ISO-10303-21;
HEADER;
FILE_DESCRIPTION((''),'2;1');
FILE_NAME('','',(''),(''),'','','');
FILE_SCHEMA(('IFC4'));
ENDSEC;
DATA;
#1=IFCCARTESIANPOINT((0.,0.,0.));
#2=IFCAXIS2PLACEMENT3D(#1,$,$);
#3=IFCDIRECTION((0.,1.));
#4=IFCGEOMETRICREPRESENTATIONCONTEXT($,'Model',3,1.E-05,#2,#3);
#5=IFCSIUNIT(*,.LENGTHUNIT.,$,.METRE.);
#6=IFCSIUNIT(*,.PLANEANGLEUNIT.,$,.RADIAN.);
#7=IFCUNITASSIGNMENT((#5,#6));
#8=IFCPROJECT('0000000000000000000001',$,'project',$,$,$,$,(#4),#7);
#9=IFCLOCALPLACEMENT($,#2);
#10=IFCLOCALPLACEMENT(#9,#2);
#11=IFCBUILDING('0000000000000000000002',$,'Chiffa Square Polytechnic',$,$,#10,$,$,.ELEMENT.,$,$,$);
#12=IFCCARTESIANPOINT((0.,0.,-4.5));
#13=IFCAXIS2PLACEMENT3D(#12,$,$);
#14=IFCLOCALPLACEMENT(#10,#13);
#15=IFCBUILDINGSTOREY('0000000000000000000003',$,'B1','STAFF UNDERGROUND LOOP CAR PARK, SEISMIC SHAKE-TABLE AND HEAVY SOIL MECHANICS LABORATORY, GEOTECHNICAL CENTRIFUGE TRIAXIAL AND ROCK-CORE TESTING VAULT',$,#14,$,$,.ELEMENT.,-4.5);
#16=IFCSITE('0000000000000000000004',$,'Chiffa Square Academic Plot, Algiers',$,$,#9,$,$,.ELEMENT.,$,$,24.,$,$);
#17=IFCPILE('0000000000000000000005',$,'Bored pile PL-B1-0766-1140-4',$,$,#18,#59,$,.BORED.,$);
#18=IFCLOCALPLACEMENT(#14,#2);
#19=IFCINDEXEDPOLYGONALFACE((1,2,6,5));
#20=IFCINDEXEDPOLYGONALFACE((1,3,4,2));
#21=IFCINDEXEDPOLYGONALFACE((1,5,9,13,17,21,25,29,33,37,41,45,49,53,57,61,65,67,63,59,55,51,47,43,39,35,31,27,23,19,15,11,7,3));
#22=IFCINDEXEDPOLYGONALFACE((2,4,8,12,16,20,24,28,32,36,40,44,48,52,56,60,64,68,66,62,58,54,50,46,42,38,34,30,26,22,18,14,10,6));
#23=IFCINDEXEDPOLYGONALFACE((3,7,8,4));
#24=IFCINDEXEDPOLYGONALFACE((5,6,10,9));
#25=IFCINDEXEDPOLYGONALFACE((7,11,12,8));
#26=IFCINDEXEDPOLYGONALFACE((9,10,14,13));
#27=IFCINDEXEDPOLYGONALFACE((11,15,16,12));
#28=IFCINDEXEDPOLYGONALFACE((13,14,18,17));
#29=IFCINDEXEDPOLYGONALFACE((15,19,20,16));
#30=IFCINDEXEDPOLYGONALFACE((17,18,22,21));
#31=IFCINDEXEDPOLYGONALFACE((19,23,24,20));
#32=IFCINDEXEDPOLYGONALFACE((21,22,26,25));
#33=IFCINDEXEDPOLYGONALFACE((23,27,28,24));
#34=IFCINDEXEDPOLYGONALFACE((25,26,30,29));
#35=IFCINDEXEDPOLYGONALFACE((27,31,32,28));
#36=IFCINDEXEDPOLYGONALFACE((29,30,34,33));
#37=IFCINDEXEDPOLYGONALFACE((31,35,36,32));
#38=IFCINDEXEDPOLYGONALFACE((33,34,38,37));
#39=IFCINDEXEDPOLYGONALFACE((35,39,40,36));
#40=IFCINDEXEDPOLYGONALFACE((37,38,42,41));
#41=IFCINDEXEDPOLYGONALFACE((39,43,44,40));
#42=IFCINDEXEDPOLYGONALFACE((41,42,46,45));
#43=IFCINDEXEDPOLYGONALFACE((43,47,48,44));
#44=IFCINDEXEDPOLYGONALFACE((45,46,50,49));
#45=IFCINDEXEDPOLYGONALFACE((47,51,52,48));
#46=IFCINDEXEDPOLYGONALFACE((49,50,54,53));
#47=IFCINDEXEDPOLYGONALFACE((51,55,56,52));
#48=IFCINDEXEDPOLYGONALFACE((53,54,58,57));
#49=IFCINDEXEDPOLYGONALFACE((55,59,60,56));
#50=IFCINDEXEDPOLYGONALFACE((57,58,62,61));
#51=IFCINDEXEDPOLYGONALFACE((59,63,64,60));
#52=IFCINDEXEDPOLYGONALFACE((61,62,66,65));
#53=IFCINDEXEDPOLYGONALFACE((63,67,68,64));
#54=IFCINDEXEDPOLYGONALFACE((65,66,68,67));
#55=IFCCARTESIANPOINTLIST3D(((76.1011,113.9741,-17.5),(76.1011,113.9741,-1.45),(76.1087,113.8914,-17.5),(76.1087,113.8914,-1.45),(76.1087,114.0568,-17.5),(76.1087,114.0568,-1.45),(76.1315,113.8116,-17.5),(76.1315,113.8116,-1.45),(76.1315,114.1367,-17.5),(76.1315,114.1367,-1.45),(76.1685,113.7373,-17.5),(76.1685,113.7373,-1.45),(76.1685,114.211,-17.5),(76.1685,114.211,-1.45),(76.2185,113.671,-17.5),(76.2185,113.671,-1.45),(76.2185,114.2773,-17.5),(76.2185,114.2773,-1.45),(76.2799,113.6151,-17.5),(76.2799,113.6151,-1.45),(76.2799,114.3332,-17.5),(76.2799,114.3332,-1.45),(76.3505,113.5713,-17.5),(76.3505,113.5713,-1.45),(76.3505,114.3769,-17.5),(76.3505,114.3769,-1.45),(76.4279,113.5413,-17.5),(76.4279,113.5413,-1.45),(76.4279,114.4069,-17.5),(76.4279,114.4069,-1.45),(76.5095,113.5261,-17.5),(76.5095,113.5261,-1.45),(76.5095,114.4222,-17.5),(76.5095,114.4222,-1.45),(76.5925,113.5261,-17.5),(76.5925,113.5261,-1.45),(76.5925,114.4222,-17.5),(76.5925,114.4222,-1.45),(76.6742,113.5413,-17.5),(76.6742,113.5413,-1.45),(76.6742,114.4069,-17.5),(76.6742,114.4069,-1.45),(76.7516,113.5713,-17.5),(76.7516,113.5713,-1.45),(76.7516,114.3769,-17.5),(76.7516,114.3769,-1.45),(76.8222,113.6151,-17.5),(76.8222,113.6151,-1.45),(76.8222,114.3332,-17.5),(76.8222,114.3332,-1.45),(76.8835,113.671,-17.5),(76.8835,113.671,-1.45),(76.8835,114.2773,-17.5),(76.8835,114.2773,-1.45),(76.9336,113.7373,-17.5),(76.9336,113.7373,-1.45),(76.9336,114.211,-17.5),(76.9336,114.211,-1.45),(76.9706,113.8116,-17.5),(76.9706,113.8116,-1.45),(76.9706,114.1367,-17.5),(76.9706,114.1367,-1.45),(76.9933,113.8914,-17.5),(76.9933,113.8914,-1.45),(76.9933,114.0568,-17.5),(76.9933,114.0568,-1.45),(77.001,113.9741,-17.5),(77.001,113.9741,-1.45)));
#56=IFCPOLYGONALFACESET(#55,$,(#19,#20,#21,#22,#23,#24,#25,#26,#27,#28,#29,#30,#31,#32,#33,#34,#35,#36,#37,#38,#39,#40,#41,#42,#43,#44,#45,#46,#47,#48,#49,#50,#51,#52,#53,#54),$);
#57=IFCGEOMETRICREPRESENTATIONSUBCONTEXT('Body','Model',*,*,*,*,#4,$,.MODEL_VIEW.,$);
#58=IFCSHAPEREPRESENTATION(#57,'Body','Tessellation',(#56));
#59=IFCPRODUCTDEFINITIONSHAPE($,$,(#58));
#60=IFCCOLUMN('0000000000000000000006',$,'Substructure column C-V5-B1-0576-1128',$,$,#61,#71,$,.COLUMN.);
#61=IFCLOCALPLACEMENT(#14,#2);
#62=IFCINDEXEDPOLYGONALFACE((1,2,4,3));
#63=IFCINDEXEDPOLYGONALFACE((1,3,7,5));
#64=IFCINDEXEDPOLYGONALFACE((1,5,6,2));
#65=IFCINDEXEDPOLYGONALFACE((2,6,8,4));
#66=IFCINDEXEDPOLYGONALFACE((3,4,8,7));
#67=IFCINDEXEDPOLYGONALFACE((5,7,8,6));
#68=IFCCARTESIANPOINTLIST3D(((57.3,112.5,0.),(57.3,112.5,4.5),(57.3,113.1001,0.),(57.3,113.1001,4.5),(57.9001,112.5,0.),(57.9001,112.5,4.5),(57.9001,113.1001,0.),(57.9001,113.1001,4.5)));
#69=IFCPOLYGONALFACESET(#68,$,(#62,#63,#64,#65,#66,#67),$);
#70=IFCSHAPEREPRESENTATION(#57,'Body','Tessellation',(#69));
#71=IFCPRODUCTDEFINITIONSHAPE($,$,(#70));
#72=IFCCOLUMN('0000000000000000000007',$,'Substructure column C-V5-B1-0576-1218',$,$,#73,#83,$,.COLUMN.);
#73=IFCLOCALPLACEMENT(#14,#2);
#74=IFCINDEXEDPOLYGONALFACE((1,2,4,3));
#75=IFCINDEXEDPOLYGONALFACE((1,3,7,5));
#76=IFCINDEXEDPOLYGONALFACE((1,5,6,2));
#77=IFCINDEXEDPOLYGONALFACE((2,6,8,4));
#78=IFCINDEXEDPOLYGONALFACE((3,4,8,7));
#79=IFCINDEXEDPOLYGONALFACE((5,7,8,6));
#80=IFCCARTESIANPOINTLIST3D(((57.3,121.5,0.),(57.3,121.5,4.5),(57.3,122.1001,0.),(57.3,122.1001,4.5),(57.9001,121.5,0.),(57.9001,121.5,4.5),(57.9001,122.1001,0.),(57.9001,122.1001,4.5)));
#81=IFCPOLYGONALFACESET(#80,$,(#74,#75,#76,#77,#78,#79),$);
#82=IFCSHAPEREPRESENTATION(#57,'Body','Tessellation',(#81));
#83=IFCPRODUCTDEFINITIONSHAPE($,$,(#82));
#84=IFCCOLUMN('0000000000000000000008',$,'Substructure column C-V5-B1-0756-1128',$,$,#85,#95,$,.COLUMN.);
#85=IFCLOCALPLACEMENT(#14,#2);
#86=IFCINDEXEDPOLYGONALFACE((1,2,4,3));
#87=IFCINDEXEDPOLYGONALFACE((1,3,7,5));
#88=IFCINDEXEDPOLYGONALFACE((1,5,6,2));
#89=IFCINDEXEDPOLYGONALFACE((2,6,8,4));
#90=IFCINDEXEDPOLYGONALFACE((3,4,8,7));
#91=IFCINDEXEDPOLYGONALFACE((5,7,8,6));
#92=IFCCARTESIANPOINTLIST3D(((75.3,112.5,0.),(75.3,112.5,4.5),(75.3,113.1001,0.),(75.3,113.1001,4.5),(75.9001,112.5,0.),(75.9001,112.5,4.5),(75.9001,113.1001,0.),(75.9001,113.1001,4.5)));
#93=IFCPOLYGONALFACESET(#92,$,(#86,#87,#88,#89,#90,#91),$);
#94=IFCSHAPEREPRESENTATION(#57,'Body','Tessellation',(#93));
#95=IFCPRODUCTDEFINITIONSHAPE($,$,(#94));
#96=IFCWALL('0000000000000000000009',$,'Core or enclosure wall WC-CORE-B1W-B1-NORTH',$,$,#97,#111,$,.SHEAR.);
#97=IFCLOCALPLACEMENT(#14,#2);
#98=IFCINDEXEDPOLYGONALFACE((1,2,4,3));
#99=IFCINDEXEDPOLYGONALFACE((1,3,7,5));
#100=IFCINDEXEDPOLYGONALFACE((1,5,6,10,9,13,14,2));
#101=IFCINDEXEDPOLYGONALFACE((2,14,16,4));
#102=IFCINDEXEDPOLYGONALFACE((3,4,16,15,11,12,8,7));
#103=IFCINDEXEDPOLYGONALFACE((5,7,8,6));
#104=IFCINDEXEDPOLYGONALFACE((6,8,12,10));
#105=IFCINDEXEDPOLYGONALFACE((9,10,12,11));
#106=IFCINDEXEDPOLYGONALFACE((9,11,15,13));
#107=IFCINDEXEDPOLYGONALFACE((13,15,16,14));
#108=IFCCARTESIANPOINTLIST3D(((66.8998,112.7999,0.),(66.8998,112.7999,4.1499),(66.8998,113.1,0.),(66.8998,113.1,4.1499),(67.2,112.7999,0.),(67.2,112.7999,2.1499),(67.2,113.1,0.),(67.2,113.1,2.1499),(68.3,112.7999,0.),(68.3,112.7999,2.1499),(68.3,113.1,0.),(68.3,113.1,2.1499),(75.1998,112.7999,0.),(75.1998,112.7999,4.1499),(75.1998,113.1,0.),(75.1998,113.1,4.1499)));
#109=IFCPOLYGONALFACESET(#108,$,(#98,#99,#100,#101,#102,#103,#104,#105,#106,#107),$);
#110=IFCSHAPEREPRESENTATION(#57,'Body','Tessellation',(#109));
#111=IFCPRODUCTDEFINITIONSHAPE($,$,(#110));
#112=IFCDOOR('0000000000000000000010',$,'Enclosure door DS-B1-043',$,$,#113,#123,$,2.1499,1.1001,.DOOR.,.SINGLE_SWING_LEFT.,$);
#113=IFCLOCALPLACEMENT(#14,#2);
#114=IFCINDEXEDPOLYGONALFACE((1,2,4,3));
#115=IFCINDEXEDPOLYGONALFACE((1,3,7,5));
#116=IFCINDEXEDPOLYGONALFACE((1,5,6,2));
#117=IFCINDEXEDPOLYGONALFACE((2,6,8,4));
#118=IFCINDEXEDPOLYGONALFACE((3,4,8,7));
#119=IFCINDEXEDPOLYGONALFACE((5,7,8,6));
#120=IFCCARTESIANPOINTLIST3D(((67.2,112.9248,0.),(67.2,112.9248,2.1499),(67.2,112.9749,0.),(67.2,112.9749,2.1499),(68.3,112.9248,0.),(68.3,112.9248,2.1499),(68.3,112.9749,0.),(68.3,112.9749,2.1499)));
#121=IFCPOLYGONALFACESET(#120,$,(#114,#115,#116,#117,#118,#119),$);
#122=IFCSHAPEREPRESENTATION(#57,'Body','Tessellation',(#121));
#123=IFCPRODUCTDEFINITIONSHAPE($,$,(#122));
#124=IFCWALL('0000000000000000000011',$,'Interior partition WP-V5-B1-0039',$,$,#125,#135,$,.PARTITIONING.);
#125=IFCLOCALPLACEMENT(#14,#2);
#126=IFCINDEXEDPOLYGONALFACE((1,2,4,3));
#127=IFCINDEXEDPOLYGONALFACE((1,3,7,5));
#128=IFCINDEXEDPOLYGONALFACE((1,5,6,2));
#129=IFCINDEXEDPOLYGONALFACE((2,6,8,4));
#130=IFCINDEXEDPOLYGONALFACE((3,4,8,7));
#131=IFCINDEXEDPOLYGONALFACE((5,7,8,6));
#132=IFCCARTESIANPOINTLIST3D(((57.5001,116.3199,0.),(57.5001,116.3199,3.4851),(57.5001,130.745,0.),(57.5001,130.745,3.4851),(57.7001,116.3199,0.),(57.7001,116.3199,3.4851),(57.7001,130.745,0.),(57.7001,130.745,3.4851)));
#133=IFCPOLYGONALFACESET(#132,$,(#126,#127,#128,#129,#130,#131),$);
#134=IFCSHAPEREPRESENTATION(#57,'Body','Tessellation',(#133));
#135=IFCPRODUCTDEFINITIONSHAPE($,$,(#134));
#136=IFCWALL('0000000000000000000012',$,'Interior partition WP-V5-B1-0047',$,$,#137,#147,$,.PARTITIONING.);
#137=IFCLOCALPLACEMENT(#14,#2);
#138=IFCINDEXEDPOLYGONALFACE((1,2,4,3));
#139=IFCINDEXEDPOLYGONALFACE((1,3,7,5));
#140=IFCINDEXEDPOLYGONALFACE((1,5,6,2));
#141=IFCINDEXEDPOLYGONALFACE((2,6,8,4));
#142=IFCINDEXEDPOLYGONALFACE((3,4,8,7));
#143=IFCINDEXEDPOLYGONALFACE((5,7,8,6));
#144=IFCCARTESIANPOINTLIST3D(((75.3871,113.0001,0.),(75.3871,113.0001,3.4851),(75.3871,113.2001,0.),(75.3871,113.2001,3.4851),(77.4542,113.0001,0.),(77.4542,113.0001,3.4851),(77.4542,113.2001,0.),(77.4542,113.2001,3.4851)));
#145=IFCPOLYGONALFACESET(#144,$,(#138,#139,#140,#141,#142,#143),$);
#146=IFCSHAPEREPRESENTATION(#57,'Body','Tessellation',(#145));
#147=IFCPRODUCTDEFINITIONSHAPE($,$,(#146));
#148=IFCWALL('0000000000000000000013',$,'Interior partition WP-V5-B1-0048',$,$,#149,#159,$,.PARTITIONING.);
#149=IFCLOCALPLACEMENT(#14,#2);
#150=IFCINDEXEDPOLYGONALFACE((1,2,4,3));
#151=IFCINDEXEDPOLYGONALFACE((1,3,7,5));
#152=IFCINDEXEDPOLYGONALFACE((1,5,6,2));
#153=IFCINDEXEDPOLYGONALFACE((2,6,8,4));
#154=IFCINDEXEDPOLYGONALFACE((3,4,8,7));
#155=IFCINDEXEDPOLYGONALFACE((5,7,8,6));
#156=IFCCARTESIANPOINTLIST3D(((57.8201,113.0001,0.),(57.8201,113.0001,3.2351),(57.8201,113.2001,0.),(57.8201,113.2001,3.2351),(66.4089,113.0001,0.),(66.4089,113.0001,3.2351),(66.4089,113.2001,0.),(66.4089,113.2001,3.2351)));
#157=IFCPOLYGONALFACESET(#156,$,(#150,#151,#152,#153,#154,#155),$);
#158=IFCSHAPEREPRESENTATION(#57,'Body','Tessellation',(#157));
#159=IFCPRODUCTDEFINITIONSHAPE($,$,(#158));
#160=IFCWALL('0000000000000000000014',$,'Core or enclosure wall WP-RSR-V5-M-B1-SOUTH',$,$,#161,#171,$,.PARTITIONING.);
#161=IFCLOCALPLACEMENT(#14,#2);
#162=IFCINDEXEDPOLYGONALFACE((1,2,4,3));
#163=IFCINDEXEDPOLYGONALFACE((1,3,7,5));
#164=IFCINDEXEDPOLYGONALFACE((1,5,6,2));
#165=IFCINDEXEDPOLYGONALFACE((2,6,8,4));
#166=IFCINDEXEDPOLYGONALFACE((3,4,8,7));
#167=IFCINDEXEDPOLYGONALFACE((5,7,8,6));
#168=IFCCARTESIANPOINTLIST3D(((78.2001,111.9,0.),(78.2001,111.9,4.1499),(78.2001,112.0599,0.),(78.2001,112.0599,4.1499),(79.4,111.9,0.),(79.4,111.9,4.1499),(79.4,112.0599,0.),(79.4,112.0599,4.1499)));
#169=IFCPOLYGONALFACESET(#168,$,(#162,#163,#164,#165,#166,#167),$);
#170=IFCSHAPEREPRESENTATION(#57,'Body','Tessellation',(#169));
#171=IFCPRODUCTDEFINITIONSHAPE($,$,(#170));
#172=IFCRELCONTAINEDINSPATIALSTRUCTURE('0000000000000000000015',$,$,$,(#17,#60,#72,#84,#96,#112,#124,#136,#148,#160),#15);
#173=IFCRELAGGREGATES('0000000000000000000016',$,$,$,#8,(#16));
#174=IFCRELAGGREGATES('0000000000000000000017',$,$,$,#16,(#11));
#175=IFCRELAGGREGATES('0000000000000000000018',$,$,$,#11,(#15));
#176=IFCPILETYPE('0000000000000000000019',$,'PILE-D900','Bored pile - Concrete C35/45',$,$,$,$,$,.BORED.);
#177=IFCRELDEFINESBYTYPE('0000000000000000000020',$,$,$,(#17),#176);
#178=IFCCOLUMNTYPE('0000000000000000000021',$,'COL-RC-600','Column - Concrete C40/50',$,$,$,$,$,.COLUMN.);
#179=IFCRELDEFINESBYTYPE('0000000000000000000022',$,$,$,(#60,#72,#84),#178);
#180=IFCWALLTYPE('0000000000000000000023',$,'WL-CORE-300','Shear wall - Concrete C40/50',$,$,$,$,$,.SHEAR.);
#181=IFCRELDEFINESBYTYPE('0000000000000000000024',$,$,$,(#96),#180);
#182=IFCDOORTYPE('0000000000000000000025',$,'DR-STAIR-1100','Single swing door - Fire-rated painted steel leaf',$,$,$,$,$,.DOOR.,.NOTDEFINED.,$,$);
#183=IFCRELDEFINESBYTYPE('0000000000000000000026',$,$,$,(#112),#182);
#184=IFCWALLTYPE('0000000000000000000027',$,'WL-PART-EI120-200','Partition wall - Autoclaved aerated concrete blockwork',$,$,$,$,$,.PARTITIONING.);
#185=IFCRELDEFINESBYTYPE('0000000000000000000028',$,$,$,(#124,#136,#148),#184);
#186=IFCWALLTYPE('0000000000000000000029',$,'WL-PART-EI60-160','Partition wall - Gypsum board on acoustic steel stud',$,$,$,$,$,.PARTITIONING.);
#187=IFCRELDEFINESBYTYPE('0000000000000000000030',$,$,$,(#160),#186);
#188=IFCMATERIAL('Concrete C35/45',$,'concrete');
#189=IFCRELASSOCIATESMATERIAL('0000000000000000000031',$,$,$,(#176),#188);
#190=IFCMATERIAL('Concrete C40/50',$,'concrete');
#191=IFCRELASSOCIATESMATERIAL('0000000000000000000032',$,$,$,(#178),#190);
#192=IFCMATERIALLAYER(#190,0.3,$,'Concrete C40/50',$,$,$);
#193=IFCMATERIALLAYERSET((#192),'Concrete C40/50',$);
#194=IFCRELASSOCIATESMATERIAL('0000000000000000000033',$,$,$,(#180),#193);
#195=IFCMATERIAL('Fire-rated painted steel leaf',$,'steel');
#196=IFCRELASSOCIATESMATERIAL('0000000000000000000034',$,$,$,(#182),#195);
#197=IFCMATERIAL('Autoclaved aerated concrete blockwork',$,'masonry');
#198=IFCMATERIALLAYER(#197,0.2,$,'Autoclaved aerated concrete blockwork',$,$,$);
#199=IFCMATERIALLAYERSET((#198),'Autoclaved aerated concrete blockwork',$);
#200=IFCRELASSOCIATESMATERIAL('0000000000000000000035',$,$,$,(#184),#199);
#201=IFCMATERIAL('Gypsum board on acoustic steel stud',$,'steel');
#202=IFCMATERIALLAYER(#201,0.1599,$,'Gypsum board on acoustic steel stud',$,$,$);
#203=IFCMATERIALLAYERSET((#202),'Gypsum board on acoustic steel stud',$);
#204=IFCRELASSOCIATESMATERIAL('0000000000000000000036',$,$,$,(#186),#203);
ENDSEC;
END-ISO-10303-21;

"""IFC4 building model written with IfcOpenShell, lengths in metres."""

from ifc_helpers import new_model, si_unit, direction, frame, frame_2d, origin, origin_2d, place, context, subcontext, project, spatial, rectangle, circle, extrude, material, layer, layer_set, material_profile, profile_set, type_object, element, fill, save


model = new_model("IFC4")

# Units and contexts
model_context = context("Model", 3, precision=1e-05, world=origin(), true_north=direction((0.0, 1.0)))
body_context = subcontext(model_context, "Body", "Model", "MODEL_VIEW")
ifc_project = project(units=[si_unit("LENGTHUNIT", "METRE"), si_unit("PLANEANGLEUNIT", "RADIAN")], contexts=[model_context])

# Site, building, storey
site_placement = place(None, origin())
site = spatial("IfcSite", under=ifc_project, at=site_placement, Name="Chiffa Square Academic Plot, Algiers", CompositionType="ELEMENT", RefElevation=24.0)
building_placement = place(site_placement, origin())
building = spatial("IfcBuilding", under=site, at=building_placement, Name="Chiffa Square Polytechnic", CompositionType="ELEMENT")
storey_placement = place(building_placement, frame((0.0, 0.0, -4.5)))
storey = spatial("IfcBuildingStorey", under=building, at=storey_placement, Name="B1", Description="STAFF UNDERGROUND LOOP CAR PARK, SEISMIC SHAKE-TABLE AND HEAVY SOIL MECHANICS LABORATORY, GEOTECHNICAL CENTRIFUGE TRIAXIAL AND ROCK-CORE TESTING VAULT", CompositionType="ELEMENT", Elevation=-4.5)

# Shared definitions
ifc_material_1 = material(Name="Concrete C35/45", Category="concrete")

# Pile
ifc_material_profile_1 = material_profile(ifc_material_1, circle(Radius=0.45, at=origin_2d()), Name="PILE D900")
ifc_profile_set_1 = profile_set([ifc_material_profile_1], Name="Concrete C35/45")
pile_type = type_object("IfcPileType", Name="PILE-D900", Description="Bored pile - Concrete C35/45", PredefinedType="BORED", material=ifc_profile_set_1)
for number, where, z_axis, x_axis, name in (
    (1, (76.551, 113.9741, -1.45), (0.0, 0.0, -1.0), (1.0, 0.0, 0.0), "Bored pile PL-B1-0766-1140-4"),
):
    element("IfcPile", number, at=place(storey_placement, frame(where, z_axis=z_axis, x_axis=x_axis)), inside=storey, type_object=pile_type, Name=name, PredefinedType="BORED", context=body_context, shape_type="SweptSolid", body=[
        extrude(circle(Radius=0.45, at=origin_2d()), origin(), (0.0, 0.0, 1.0), 16.05),
    ])

# Columns
ifc_material_2 = material(Name="Concrete C40/50", Category="concrete")
ifc_material_profile_2 = material_profile(ifc_material_2, rectangle(XDim=0.6001, YDim=0.6001, at=origin_2d()), Name="RC 600x600")
ifc_profile_set_2 = profile_set([ifc_material_profile_2], Name="Concrete C40/50")
column_type = type_object("IfcColumnType", Name="COL-RC-600", Description="Column - Concrete C40/50", PredefinedType="COLUMN", material=ifc_profile_set_2)
for number, where, z_axis, x_axis, name in (
    (2, (57.6001, 112.8, 0.0), (0.0, 0.0, 1.0), (1.0, 0.0, 0.0), "Substructure column C-V5-B1-0576-1128"),
    (3, (57.6001, 121.8, 0.0), (0.0, 0.0, 1.0), (1.0, 0.0, 0.0), "Substructure column C-V5-B1-0576-1218"),
    (4, (75.6001, 112.8, 0.0), (0.0, 0.0, 1.0), (1.0, 0.0, 0.0), "Substructure column C-V5-B1-0756-1128"),
):
    element("IfcColumn", number, at=place(storey_placement, frame(where, z_axis=z_axis, x_axis=x_axis)), inside=storey, type_object=column_type, Name=name, PredefinedType="COLUMN", context=body_context, shape_type="SweptSolid", body=[
        extrude(rectangle(XDim=0.6001, YDim=0.6001, at=origin_2d()), origin(), (0.0, 0.0, 1.0), 4.5),
    ])

# Wall, opening, door
ifc_layer_1 = layer(ifc_material_2, 0.3, Name="Concrete C40/50")
ifc_layer_set_1 = layer_set([ifc_layer_1], Name="Concrete C40/50")
wall_type_1 = type_object("IfcWallType", Name="WL-CORE-300", Description="Shear wall - Concrete C40/50", PredefinedType="SHEAR", material=ifc_layer_set_1)
wall_1_placement = place(storey_placement, frame((66.8999, 112.95, 0.0), z_axis=(0.0, 0.0, 1.0), x_axis=(1.0, 0.0, 0.0)))
wall_1 = element("IfcWall", 5, at=wall_1_placement, inside=storey, type_object=wall_type_1, Name="Core or enclosure wall WC-CORE-B1W-B1-NORTH", PredefinedType="SHEAR", context=body_context, shape_type="SweptSolid", body=[
    extrude(rectangle(XDim=8.3, YDim=0.3, at=frame_2d((4.1499, 0.0))), origin(), (0.0, 0.0, 1.0), 4.1499),
])
opening_1_placement = place(wall_1_placement, frame((0.3, 0.0, 0.0)))
opening_1 = element("IfcOpeningElement", 6, at=opening_1_placement, cuts=wall_1, PredefinedType="OPENING", context=body_context, shape_type="SweptSolid", body=[
    extrude(rectangle(XDim=1.1001, YDim=2.1499, at=frame_2d((0.55, 1.075))), frame((0.0, 0.1602, 0.0), z_axis=(0.0, -1.0, 0.0), x_axis=(1.0, 0.0, 0.0)), (0.0, 0.0, 1.0), 0.3201),
])
ifc_material_3 = material(Name="Fire-rated painted steel leaf", Category="steel")
door_type_1 = type_object("IfcDoorType", Name="DR-STAIR-1100", Description="Single swing door - Fire-rated painted steel leaf", OperationType="NOTDEFINED", PredefinedType="DOOR", material=ifc_material_3)
door_1_placement = place(opening_1_placement, origin())
door_1 = element("IfcDoor", 7, at=door_1_placement, inside=storey, type_object=door_type_1, Name="Enclosure door DS-B1-043", OperationType="SINGLE_SWING_LEFT", OverallHeight=2.1499, OverallWidth=1.1001, PredefinedType="DOOR", context=body_context, shape_type="SweptSolid", body=[
    extrude(rectangle(XDim=1.1001, YDim=2.1499, at=frame_2d((0.55, 1.075))), frame((0.0, 0.0249, 0.0), z_axis=(0.0, -1.0, 0.0), x_axis=(1.0, 0.0, 0.0)), (0.0, 0.0, 1.0), 0.05),
])
fill(opening_1, door_1)

# Walls
ifc_material_4 = material(Name="Autoclaved aerated concrete blockwork", Category="masonry")
ifc_layer_2 = layer(ifc_material_4, 0.2, Name="Autoclaved aerated concrete blockwork")
ifc_layer_set_2 = layer_set([ifc_layer_2], Name="Autoclaved aerated concrete blockwork")
wall_type_2 = type_object("IfcWallType", Name="WL-PART-EI120-200", Description="Partition wall - Autoclaved aerated concrete blockwork", PredefinedType="PARTITIONING", material=ifc_layer_set_2)
wall_2_placement = place(storey_placement, frame((57.6001, 116.3201, 0.0), z_axis=(0.0, 0.0, 1.0), x_axis=(0.0, 1.0, 0.0)))
element("IfcWall", 8, at=wall_2_placement, inside=storey, type_object=wall_type_2, Name="Interior partition WP-V5-B1-0039", PredefinedType="PARTITIONING", context=body_context, shape_type="SweptSolid", body=[
    extrude(rectangle(XDim=14.425, YDim=0.2, at=frame_2d((7.2124, 0.0))), origin(), (0.0, 0.0, 1.0), 3.4851),
])
wall_3_placement = place(storey_placement, frame((75.387, 113.1001, 0.0), z_axis=(0.0, 0.0, 1.0), x_axis=(1.0, 0.0, 0.0)))
element("IfcWall", 9, at=wall_3_placement, inside=storey, type_object=wall_type_2, Name="Interior partition WP-V5-B1-0047", PredefinedType="PARTITIONING", context=body_context, shape_type="SweptSolid", body=[
    extrude(rectangle(XDim=2.0671, YDim=0.2, at=frame_2d((1.0337, 0.0))), origin(), (0.0, 0.0, 1.0), 3.4851),
])
wall_4_placement = place(storey_placement, frame((57.8201, 113.1001, 0.0), z_axis=(0.0, 0.0, 1.0), x_axis=(1.0, 0.0, 0.0)))
element("IfcWall", 10, at=wall_4_placement, inside=storey, type_object=wall_type_2, Name="Interior partition WP-V5-B1-0048", PredefinedType="PARTITIONING", context=body_context, shape_type="SweptSolid", body=[
    extrude(rectangle(XDim=8.5889, YDim=0.2, at=frame_2d((4.2944, 0.0))), origin(), (0.0, 0.0, 1.0), 3.2351),
])
ifc_material_5 = material(Name="Gypsum board on acoustic steel stud", Category="steel")
ifc_layer_3 = layer(ifc_material_5, 0.1599, Name="Gypsum board on acoustic steel stud")
ifc_layer_set_3 = layer_set([ifc_layer_3], Name="Gypsum board on acoustic steel stud")
wall_type_3 = type_object("IfcWallType", Name="WL-PART-EI60-160", Description="Partition wall - Gypsum board on acoustic steel stud", PredefinedType="PARTITIONING", material=ifc_layer_set_3)
wall_5_placement = place(storey_placement, frame((78.2, 111.98, 0.0), z_axis=(0.0, 0.0, 1.0), x_axis=(1.0, 0.0, 0.0)))
element("IfcWall", 11, at=wall_5_placement, inside=storey, type_object=wall_type_3, Name="Core or enclosure wall WP-RSR-V5-M-B1-SOUTH", PredefinedType="PARTITIONING", context=body_context, shape_type="SweptSolid", body=[
    extrude(rectangle(XDim=1.2, YDim=0.1599, at=frame_2d((0.6001, 0.0))), origin(), (0.0, 0.0, 1.0), 4.1499),
])

save(model, "model.ifc")
